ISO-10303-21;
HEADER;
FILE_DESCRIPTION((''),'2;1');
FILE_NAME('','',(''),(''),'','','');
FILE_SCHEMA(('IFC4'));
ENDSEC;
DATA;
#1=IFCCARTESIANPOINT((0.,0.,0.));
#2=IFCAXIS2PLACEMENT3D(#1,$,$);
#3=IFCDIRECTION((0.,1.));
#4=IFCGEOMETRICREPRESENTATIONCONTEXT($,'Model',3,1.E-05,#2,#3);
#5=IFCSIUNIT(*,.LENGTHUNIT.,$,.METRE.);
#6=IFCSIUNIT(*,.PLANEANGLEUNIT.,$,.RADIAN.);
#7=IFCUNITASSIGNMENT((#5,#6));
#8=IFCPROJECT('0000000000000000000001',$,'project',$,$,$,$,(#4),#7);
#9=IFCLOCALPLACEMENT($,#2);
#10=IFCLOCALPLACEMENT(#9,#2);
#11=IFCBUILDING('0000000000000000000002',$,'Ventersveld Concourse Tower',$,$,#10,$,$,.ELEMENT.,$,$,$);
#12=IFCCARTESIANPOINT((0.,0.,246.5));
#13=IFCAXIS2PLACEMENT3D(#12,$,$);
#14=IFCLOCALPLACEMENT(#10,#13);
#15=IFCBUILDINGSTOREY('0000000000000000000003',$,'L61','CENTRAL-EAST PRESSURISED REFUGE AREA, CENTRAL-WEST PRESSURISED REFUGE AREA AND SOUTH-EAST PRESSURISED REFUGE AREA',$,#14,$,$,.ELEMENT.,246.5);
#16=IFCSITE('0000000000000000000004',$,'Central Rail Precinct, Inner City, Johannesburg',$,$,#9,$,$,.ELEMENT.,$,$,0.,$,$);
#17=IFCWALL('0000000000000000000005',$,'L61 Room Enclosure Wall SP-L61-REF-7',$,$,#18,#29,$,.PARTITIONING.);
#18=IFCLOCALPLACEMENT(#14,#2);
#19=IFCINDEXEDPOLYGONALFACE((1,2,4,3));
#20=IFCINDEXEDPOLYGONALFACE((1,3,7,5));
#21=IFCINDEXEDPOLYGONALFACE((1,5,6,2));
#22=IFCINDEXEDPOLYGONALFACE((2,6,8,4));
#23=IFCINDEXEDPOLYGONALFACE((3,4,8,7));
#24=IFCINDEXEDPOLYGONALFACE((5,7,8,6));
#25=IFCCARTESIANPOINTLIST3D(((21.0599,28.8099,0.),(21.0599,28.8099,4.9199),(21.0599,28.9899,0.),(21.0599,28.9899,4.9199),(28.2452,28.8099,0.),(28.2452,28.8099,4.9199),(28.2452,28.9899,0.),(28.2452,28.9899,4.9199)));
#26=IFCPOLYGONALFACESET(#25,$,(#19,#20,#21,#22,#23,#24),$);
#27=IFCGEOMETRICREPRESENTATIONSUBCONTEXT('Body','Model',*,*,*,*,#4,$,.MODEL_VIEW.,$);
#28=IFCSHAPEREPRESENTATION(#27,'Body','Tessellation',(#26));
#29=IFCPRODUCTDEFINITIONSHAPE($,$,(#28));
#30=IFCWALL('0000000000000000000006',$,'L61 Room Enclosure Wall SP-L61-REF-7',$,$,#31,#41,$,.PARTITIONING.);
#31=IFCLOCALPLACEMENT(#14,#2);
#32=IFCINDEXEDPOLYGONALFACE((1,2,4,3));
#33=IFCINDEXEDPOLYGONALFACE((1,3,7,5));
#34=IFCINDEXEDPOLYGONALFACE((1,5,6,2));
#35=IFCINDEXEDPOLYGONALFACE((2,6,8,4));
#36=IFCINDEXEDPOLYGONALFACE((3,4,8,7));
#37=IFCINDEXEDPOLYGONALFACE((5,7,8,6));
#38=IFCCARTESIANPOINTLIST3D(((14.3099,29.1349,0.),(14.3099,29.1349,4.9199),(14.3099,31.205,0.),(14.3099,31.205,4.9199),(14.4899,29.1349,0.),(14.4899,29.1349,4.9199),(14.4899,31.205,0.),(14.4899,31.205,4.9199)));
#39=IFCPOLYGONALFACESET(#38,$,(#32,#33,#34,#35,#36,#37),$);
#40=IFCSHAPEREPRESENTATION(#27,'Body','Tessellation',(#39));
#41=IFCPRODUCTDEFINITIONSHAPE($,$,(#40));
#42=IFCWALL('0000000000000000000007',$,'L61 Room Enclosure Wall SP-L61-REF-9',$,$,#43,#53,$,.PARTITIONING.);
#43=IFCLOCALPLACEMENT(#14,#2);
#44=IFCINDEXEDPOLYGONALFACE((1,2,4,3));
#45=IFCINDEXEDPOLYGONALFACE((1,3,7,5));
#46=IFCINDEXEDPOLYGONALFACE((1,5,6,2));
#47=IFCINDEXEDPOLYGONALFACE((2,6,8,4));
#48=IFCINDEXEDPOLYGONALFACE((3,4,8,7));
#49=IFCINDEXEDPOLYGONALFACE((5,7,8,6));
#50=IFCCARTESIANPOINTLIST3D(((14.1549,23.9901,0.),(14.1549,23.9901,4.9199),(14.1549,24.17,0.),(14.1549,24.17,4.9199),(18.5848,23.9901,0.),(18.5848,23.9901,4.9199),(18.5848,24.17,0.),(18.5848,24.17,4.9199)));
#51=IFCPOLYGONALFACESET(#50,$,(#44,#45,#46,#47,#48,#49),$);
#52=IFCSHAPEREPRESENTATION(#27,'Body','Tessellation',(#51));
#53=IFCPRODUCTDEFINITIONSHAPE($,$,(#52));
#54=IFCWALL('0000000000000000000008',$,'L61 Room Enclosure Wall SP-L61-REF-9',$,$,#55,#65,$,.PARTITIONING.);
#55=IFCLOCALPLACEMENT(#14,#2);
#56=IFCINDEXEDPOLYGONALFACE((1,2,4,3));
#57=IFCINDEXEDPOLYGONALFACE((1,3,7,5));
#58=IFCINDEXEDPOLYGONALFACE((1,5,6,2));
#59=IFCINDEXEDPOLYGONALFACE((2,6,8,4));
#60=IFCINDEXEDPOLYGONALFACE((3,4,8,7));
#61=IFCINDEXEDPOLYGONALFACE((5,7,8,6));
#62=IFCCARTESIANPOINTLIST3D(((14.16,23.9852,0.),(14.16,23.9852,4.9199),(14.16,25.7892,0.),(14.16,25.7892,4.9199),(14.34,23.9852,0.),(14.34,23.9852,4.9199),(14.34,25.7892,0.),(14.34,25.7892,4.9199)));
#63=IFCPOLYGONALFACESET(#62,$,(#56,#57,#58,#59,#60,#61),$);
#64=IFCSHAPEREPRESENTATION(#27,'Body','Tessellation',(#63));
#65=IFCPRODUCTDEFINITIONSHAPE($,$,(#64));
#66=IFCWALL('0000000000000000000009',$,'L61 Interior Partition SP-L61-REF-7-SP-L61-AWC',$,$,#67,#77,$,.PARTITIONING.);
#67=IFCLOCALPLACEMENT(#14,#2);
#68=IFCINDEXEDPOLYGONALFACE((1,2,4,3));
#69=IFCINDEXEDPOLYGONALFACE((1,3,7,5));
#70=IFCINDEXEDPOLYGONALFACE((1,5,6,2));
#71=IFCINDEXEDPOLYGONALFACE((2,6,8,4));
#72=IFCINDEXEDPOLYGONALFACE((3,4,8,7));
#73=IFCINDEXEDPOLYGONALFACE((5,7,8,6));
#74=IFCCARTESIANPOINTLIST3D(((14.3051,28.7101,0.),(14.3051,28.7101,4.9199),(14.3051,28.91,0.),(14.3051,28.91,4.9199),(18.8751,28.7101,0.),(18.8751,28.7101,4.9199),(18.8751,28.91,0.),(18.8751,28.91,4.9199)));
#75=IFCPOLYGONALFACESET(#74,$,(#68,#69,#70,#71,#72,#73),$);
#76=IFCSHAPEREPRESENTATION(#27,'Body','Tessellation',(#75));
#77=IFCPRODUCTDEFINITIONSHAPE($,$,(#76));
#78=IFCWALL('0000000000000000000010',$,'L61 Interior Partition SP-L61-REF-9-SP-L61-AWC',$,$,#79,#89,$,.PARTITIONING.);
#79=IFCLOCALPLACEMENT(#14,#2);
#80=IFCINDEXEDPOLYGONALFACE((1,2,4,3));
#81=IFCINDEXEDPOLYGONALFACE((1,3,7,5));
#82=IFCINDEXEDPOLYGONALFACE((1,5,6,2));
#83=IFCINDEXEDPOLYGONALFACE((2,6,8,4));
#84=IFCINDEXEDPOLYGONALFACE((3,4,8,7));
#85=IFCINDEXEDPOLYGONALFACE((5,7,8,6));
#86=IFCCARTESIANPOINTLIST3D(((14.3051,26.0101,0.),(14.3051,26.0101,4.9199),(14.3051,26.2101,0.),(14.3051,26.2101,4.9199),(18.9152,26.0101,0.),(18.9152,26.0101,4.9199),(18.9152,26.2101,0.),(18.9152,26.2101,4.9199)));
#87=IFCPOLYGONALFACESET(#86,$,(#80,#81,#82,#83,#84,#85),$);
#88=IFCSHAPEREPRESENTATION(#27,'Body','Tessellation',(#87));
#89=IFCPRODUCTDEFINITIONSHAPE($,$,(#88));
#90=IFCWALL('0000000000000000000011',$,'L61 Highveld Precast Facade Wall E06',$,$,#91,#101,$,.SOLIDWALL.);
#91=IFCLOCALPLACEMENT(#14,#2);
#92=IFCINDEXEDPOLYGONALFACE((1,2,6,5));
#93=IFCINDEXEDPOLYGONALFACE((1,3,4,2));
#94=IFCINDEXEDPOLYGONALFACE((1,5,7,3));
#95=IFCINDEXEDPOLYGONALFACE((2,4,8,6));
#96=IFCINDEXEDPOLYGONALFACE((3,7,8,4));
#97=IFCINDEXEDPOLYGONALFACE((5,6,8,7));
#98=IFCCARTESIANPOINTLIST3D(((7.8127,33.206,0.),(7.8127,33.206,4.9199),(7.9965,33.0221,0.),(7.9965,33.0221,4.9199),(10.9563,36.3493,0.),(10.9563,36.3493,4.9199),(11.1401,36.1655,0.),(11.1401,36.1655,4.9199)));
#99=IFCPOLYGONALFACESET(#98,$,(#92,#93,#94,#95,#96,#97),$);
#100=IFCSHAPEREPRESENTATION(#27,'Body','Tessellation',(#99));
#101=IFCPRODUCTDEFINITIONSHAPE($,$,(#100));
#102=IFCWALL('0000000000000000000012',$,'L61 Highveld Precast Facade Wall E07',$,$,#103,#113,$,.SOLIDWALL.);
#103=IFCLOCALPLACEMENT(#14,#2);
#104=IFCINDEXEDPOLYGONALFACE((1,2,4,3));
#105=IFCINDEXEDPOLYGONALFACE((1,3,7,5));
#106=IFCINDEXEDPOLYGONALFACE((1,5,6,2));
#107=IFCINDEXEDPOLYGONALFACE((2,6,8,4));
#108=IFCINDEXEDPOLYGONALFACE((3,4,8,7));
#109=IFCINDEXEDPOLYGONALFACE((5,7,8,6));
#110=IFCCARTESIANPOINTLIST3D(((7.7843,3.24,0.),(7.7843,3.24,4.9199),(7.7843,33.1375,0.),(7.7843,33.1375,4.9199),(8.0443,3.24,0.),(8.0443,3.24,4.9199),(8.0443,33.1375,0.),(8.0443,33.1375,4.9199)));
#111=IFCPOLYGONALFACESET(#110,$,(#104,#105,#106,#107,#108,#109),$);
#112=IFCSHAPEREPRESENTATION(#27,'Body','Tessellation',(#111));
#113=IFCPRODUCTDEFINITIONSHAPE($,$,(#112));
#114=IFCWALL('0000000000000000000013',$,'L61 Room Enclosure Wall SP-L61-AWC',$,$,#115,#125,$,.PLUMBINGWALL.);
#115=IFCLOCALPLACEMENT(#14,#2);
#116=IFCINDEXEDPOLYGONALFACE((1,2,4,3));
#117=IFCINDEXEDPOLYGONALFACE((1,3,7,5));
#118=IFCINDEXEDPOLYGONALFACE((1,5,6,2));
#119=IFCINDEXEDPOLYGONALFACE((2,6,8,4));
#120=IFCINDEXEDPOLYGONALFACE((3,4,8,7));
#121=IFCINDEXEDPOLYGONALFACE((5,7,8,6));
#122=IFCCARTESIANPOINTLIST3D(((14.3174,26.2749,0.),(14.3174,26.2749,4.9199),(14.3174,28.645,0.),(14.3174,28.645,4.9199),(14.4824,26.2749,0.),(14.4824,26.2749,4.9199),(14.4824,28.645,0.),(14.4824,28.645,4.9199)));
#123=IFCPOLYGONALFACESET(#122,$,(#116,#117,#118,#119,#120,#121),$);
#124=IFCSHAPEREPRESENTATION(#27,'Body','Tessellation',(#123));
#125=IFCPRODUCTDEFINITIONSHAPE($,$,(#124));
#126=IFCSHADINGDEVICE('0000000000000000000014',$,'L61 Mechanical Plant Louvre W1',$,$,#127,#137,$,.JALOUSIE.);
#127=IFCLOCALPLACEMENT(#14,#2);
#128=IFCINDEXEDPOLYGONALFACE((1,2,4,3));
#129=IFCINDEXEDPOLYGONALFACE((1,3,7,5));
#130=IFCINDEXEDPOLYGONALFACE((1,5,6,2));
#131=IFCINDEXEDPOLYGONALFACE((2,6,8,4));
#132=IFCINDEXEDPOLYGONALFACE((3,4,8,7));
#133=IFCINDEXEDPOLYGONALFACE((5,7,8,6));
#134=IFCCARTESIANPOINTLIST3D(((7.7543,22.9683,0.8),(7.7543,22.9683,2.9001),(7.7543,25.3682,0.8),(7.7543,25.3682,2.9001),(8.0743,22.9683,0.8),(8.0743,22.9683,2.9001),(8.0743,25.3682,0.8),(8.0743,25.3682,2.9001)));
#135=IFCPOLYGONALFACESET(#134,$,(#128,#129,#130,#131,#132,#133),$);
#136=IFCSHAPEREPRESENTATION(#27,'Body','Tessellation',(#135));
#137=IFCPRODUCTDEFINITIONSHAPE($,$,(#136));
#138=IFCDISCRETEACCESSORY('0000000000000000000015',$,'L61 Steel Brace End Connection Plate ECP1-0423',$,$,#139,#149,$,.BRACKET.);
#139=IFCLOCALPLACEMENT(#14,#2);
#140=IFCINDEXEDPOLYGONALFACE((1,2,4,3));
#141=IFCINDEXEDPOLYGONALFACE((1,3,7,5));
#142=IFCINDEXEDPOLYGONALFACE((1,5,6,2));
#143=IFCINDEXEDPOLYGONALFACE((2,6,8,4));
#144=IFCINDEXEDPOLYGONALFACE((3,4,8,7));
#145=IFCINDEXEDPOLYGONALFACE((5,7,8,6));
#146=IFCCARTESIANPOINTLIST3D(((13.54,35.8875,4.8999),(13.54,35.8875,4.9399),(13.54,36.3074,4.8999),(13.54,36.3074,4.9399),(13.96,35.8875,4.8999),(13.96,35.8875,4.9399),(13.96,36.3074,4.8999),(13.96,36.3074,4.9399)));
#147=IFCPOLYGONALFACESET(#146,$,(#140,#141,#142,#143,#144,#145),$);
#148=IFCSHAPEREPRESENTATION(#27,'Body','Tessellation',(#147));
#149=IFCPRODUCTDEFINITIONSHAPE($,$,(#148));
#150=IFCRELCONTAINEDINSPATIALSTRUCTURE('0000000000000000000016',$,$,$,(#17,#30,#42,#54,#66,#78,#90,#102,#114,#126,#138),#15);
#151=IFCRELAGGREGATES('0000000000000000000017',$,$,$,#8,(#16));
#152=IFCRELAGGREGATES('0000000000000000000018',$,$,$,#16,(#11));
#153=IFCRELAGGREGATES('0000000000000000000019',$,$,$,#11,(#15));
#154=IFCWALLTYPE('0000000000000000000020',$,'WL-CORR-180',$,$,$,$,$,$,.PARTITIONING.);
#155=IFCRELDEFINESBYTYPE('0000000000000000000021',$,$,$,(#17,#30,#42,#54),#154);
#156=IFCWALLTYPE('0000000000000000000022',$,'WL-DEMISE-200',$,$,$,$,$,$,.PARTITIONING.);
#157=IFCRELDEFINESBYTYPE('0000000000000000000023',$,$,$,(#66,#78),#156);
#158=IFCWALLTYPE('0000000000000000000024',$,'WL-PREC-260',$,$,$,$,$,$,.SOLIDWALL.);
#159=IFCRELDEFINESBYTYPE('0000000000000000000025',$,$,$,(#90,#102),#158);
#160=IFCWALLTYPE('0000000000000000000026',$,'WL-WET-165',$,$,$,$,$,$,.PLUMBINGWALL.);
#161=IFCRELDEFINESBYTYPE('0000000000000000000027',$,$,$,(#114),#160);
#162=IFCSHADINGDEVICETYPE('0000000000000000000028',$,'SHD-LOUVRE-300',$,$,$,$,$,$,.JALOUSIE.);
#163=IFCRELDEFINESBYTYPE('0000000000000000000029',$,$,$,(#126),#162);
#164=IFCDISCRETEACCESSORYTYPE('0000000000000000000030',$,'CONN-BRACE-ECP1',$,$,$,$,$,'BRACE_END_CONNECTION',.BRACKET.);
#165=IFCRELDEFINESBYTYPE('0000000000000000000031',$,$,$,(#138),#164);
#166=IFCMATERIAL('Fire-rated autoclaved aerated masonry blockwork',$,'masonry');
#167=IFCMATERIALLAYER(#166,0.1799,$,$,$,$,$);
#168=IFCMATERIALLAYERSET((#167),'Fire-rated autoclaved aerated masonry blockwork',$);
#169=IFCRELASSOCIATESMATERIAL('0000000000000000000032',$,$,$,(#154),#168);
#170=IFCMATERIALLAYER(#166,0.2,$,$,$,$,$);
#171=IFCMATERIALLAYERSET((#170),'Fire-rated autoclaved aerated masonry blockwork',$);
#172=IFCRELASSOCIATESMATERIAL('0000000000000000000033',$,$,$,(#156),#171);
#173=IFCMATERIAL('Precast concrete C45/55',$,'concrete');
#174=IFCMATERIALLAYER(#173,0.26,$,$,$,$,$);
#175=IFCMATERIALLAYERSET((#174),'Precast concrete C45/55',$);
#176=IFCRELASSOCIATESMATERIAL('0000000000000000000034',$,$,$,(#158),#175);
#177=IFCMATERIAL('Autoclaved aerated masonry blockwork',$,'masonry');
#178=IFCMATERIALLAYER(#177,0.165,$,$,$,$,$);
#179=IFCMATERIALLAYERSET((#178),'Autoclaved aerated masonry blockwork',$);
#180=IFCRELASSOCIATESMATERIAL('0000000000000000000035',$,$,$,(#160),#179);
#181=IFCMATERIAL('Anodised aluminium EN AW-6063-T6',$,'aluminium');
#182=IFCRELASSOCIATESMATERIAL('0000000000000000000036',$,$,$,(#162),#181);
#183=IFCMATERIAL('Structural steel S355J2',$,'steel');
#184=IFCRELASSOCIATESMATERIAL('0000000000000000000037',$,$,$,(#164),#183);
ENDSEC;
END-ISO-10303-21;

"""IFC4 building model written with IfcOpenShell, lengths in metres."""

from ifc_helpers import new_model, si_unit, direction, frame, frame_2d, origin, origin_2d, place, context, subcontext, project, spatial, rectangle, extrude, material, layer, layer_set, type_object, element, save


model = new_model("IFC4")

# Units and contexts
model_context = context("Model", 3, precision=1e-05, world=origin(), true_north=direction((0.0, 1.0)))
body_context = subcontext(model_context, "Body", "Model", "MODEL_VIEW")
ifc_project = project(units=[si_unit("LENGTHUNIT", "METRE"), si_unit("PLANEANGLEUNIT", "RADIAN")], contexts=[model_context])

# Site, building, storey
site_placement = place(None, origin())
site = spatial("IfcSite", under=ifc_project, at=site_placement, Name="Central Rail Precinct, Inner City, Johannesburg", CompositionType="ELEMENT", RefElevation=0.0)
building_placement = place(site_placement, origin())
building = spatial("IfcBuilding", under=site, at=building_placement, Name="Ventersveld Concourse Tower", CompositionType="ELEMENT")
storey_placement = place(building_placement, frame((0.0, 0.0, 246.5)))
storey = spatial("IfcBuildingStorey", under=building, at=storey_placement, Name="L61", Description="CENTRAL-EAST PRESSURISED REFUGE AREA, CENTRAL-WEST PRESSURISED REFUGE AREA AND SOUTH-EAST PRESSURISED REFUGE AREA", CompositionType="ELEMENT", Elevation=246.5)

# Shared definitions
ifc_material_1 = material(Name="Structural steel S355J2", Category="steel")

# Shared definitions
ifc_material_2 = material(Name="Fire-rated autoclaved aerated masonry blockwork", Category="masonry")
ifc_layer_1 = layer(ifc_material_2, 0.1799)
ifc_layer_set_1 = layer_set([ifc_layer_1], Name="Fire-rated autoclaved aerated masonry blockwork")
wall_type_1 = type_object("IfcWallType", Name="WL-CORR-180", PredefinedType="PARTITIONING", material=ifc_layer_set_1)

# Walls
wall_1_placement = place(storey_placement, frame((21.0598, 28.8999, 0.0), z_axis=(0.0, 0.0, 1.0), x_axis=(1.0, 0.0, 0.0)))
element("IfcWall", 1, at=wall_1_placement, inside=storey, type_object=wall_type_1, Name="L61 Room Enclosure Wall SP-L61-REF-7", PredefinedType="PARTITIONING", context=body_context, shape_type="SweptSolid", body=[
    extrude(rectangle(XDim=7.1853, YDim=0.1799, at=frame_2d((3.5928, 0.0))), origin(), (0.0, 0.0, 1.0), 4.9199),
])
wall_2_placement = place(storey_placement, frame((14.3999, 31.2051, 0.0), z_axis=(0.0, 0.0, 1.0), x_axis=(0.0, -1.0, 0.0)))
element("IfcWall", 2, at=wall_2_placement, inside=storey, type_object=wall_type_1, Name="L61 Room Enclosure Wall SP-L61-REF-7", PredefinedType="PARTITIONING", context=body_context, shape_type="SweptSolid", body=[
    extrude(rectangle(XDim=2.0701, YDim=0.1799, at=frame_2d((1.0352, 0.0))), origin(), (0.0, 0.0, 1.0), 4.9199),
])
wall_3_placement = place(storey_placement, frame((14.155, 24.0801, 0.0), z_axis=(0.0, 0.0, 1.0), x_axis=(1.0, 0.0, 0.0)))
element("IfcWall", 3, at=wall_3_placement, inside=storey, type_object=wall_type_1, Name="L61 Room Enclosure Wall SP-L61-REF-9", PredefinedType="PARTITIONING", context=body_context, shape_type="SweptSolid", body=[
    extrude(rectangle(XDim=4.4299, YDim=0.1799, at=frame_2d((2.2148, 0.0))), origin(), (0.0, 0.0, 1.0), 4.9199),
])
wall_4_placement = place(storey_placement, frame((14.25, 25.7891, 0.0), z_axis=(0.0, 0.0, 1.0), x_axis=(0.0, -1.0, 0.0)))
element("IfcWall", 4, at=wall_4_placement, inside=storey, type_object=wall_type_1, Name="L61 Room Enclosure Wall SP-L61-REF-9", PredefinedType="PARTITIONING", context=body_context, shape_type="SweptSolid", body=[
    extrude(rectangle(XDim=1.804, YDim=0.1799, at=frame_2d((0.9019, 0.0))), origin(), (0.0, 0.0, 1.0), 4.9199),
])
ifc_layer_2 = layer(ifc_material_2, 0.2)
ifc_layer_set_2 = layer_set([ifc_layer_2], Name="Fire-rated autoclaved aerated masonry blockwork")
wall_type_2 = type_object("IfcWallType", Name="WL-DEMISE-200", PredefinedType="PARTITIONING", material=ifc_layer_set_2)
wall_5_placement = place(storey_placement, frame((14.3049, 28.8101, 0.0), z_axis=(0.0, 0.0, 1.0), x_axis=(1.0, 0.0, 0.0)))
element("IfcWall", 5, at=wall_5_placement, inside=storey, type_object=wall_type_2, Name="L61 Interior Partition SP-L61-REF-7-SP-L61-AWC", PredefinedType="PARTITIONING", context=body_context, shape_type="SweptSolid", body=[
    extrude(rectangle(XDim=4.5701, YDim=0.2, at=frame_2d((2.2852, 0.0))), origin(), (0.0, 0.0, 1.0), 4.9199),
])
wall_6_placement = place(storey_placement, frame((14.3049, 26.1101, 0.0), z_axis=(0.0, 0.0, 1.0), x_axis=(1.0, 0.0, 0.0)))
element("IfcWall", 6, at=wall_6_placement, inside=storey, type_object=wall_type_2, Name="L61 Interior Partition SP-L61-REF-9-SP-L61-AWC", PredefinedType="PARTITIONING", context=body_context, shape_type="SweptSolid", body=[
    extrude(rectangle(XDim=4.6101, YDim=0.2, at=frame_2d((2.3052, 0.0))), origin(), (0.0, 0.0, 1.0), 4.9199),
])
ifc_material_3 = material(Name="Precast concrete C45/55", Category="concrete")
ifc_layer_3 = layer(ifc_material_3, 0.26)
ifc_layer_set_3 = layer_set([ifc_layer_3], Name="Precast concrete C45/55")
wall_type_3 = type_object("IfcWallType", Name="WL-PREC-260", PredefinedType="SOLIDWALL", material=ifc_layer_set_3)
wall_7_placement = place(storey_placement, frame((11.0481, 36.2573, 0.0), z_axis=(0.0, 0.0, 1.0), x_axis=(-0.707134, -0.707079, 0.0)))
element("IfcWall", 7, at=wall_7_placement, inside=storey, type_object=wall_type_3, Name="L61 Highveld Precast Facade Wall E06", PredefinedType="SOLIDWALL", context=body_context, shape_type="SweptSolid", body=[
    extrude(rectangle(XDim=4.4456, YDim=0.26, at=frame_2d((2.2227, 0.0))), origin(), (0.0, 0.0, 1.0), 4.9199),
])
wall_8_placement = place(storey_placement, frame((7.9143, 33.1375, 0.0), z_axis=(0.0, 0.0, 1.0), x_axis=(0.0, -1.0, 0.0)))
element("IfcWall", 8, at=wall_8_placement, inside=storey, type_object=wall_type_3, Name="L61 Highveld Precast Facade Wall E07", PredefinedType="SOLIDWALL", context=body_context, shape_type="SweptSolid", body=[
    extrude(rectangle(XDim=29.8975, YDim=0.26, at=frame_2d((14.9487, 0.0))), origin(), (0.0, 0.0, 1.0), 4.9199),
])
ifc_material_4 = material(Name="Autoclaved aerated masonry blockwork", Category="masonry")
ifc_layer_4 = layer(ifc_material_4, 0.165)
ifc_layer_set_4 = layer_set([ifc_layer_4], Name="Autoclaved aerated masonry blockwork")
wall_type_4 = type_object("IfcWallType", Name="WL-WET-165", PredefinedType="PLUMBINGWALL", material=ifc_layer_set_4)
wall_9_placement = place(storey_placement, frame((14.3999, 28.645, 0.0), z_axis=(0.0, 0.0, 1.0), x_axis=(0.0, -1.0, 0.0)))
element("IfcWall", 9, at=wall_9_placement, inside=storey, type_object=wall_type_4, Name="L61 Room Enclosure Wall SP-L61-AWC", PredefinedType="PLUMBINGWALL", context=body_context, shape_type="SweptSolid", body=[
    extrude(rectangle(XDim=2.3701, YDim=0.165, at=frame_2d((1.1851, 0.0))), origin(), (0.0, 0.0, 1.0), 4.9199),
])

# Shading device
ifc_material_5 = material(Name="Anodised aluminium EN AW-6063-T6", Category="aluminium")
shading_device_type = type_object("IfcShadingDeviceType", Name="SHD-LOUVRE-300", PredefinedType="JALOUSIE", material=ifc_material_5)
shading_device_placement = place(storey_placement, frame((7.9143, 24.1682, 0.8), z_axis=(0.0, 0.0, 1.0), x_axis=(0.0, -1.0, 0.0)))
element("IfcShadingDevice", 10, at=shading_device_placement, inside=storey, type_object=shading_device_type, Name="L61 Mechanical Plant Louvre W1", PredefinedType="JALOUSIE", context=body_context, shape_type="SweptSolid", body=[
    extrude(rectangle(XDim=2.3999, YDim=0.3201, at=origin_2d()), origin(), (0.0, 0.0, 1.0), 2.1001),
])

# Discrete accessory
discrete_accessory_type = type_object("IfcDiscreteAccessoryType", Name="CONN-BRACE-ECP1", ElementType="BRACE_END_CONNECTION", PredefinedType="BRACKET", material=ifc_material_1)
discrete_accessory_placement = place(storey_placement, frame((13.75, 36.0974, 4.8999), z_axis=(0.0, 0.0, 1.0), x_axis=(1.0, 0.0, 0.0)))
element("IfcDiscreteAccessory", 11, at=discrete_accessory_placement, inside=storey, type_object=discrete_accessory_type, Name="L61 Steel Brace End Connection Plate ECP1-0423", PredefinedType="BRACKET", context=body_context, shape_type="SweptSolid", body=[
    extrude(rectangle(XDim=0.4199, YDim=0.4199, at=origin_2d()), origin(), (0.0, 0.0, 1.0), 0.04),
])

save(model, "model.ifc")
